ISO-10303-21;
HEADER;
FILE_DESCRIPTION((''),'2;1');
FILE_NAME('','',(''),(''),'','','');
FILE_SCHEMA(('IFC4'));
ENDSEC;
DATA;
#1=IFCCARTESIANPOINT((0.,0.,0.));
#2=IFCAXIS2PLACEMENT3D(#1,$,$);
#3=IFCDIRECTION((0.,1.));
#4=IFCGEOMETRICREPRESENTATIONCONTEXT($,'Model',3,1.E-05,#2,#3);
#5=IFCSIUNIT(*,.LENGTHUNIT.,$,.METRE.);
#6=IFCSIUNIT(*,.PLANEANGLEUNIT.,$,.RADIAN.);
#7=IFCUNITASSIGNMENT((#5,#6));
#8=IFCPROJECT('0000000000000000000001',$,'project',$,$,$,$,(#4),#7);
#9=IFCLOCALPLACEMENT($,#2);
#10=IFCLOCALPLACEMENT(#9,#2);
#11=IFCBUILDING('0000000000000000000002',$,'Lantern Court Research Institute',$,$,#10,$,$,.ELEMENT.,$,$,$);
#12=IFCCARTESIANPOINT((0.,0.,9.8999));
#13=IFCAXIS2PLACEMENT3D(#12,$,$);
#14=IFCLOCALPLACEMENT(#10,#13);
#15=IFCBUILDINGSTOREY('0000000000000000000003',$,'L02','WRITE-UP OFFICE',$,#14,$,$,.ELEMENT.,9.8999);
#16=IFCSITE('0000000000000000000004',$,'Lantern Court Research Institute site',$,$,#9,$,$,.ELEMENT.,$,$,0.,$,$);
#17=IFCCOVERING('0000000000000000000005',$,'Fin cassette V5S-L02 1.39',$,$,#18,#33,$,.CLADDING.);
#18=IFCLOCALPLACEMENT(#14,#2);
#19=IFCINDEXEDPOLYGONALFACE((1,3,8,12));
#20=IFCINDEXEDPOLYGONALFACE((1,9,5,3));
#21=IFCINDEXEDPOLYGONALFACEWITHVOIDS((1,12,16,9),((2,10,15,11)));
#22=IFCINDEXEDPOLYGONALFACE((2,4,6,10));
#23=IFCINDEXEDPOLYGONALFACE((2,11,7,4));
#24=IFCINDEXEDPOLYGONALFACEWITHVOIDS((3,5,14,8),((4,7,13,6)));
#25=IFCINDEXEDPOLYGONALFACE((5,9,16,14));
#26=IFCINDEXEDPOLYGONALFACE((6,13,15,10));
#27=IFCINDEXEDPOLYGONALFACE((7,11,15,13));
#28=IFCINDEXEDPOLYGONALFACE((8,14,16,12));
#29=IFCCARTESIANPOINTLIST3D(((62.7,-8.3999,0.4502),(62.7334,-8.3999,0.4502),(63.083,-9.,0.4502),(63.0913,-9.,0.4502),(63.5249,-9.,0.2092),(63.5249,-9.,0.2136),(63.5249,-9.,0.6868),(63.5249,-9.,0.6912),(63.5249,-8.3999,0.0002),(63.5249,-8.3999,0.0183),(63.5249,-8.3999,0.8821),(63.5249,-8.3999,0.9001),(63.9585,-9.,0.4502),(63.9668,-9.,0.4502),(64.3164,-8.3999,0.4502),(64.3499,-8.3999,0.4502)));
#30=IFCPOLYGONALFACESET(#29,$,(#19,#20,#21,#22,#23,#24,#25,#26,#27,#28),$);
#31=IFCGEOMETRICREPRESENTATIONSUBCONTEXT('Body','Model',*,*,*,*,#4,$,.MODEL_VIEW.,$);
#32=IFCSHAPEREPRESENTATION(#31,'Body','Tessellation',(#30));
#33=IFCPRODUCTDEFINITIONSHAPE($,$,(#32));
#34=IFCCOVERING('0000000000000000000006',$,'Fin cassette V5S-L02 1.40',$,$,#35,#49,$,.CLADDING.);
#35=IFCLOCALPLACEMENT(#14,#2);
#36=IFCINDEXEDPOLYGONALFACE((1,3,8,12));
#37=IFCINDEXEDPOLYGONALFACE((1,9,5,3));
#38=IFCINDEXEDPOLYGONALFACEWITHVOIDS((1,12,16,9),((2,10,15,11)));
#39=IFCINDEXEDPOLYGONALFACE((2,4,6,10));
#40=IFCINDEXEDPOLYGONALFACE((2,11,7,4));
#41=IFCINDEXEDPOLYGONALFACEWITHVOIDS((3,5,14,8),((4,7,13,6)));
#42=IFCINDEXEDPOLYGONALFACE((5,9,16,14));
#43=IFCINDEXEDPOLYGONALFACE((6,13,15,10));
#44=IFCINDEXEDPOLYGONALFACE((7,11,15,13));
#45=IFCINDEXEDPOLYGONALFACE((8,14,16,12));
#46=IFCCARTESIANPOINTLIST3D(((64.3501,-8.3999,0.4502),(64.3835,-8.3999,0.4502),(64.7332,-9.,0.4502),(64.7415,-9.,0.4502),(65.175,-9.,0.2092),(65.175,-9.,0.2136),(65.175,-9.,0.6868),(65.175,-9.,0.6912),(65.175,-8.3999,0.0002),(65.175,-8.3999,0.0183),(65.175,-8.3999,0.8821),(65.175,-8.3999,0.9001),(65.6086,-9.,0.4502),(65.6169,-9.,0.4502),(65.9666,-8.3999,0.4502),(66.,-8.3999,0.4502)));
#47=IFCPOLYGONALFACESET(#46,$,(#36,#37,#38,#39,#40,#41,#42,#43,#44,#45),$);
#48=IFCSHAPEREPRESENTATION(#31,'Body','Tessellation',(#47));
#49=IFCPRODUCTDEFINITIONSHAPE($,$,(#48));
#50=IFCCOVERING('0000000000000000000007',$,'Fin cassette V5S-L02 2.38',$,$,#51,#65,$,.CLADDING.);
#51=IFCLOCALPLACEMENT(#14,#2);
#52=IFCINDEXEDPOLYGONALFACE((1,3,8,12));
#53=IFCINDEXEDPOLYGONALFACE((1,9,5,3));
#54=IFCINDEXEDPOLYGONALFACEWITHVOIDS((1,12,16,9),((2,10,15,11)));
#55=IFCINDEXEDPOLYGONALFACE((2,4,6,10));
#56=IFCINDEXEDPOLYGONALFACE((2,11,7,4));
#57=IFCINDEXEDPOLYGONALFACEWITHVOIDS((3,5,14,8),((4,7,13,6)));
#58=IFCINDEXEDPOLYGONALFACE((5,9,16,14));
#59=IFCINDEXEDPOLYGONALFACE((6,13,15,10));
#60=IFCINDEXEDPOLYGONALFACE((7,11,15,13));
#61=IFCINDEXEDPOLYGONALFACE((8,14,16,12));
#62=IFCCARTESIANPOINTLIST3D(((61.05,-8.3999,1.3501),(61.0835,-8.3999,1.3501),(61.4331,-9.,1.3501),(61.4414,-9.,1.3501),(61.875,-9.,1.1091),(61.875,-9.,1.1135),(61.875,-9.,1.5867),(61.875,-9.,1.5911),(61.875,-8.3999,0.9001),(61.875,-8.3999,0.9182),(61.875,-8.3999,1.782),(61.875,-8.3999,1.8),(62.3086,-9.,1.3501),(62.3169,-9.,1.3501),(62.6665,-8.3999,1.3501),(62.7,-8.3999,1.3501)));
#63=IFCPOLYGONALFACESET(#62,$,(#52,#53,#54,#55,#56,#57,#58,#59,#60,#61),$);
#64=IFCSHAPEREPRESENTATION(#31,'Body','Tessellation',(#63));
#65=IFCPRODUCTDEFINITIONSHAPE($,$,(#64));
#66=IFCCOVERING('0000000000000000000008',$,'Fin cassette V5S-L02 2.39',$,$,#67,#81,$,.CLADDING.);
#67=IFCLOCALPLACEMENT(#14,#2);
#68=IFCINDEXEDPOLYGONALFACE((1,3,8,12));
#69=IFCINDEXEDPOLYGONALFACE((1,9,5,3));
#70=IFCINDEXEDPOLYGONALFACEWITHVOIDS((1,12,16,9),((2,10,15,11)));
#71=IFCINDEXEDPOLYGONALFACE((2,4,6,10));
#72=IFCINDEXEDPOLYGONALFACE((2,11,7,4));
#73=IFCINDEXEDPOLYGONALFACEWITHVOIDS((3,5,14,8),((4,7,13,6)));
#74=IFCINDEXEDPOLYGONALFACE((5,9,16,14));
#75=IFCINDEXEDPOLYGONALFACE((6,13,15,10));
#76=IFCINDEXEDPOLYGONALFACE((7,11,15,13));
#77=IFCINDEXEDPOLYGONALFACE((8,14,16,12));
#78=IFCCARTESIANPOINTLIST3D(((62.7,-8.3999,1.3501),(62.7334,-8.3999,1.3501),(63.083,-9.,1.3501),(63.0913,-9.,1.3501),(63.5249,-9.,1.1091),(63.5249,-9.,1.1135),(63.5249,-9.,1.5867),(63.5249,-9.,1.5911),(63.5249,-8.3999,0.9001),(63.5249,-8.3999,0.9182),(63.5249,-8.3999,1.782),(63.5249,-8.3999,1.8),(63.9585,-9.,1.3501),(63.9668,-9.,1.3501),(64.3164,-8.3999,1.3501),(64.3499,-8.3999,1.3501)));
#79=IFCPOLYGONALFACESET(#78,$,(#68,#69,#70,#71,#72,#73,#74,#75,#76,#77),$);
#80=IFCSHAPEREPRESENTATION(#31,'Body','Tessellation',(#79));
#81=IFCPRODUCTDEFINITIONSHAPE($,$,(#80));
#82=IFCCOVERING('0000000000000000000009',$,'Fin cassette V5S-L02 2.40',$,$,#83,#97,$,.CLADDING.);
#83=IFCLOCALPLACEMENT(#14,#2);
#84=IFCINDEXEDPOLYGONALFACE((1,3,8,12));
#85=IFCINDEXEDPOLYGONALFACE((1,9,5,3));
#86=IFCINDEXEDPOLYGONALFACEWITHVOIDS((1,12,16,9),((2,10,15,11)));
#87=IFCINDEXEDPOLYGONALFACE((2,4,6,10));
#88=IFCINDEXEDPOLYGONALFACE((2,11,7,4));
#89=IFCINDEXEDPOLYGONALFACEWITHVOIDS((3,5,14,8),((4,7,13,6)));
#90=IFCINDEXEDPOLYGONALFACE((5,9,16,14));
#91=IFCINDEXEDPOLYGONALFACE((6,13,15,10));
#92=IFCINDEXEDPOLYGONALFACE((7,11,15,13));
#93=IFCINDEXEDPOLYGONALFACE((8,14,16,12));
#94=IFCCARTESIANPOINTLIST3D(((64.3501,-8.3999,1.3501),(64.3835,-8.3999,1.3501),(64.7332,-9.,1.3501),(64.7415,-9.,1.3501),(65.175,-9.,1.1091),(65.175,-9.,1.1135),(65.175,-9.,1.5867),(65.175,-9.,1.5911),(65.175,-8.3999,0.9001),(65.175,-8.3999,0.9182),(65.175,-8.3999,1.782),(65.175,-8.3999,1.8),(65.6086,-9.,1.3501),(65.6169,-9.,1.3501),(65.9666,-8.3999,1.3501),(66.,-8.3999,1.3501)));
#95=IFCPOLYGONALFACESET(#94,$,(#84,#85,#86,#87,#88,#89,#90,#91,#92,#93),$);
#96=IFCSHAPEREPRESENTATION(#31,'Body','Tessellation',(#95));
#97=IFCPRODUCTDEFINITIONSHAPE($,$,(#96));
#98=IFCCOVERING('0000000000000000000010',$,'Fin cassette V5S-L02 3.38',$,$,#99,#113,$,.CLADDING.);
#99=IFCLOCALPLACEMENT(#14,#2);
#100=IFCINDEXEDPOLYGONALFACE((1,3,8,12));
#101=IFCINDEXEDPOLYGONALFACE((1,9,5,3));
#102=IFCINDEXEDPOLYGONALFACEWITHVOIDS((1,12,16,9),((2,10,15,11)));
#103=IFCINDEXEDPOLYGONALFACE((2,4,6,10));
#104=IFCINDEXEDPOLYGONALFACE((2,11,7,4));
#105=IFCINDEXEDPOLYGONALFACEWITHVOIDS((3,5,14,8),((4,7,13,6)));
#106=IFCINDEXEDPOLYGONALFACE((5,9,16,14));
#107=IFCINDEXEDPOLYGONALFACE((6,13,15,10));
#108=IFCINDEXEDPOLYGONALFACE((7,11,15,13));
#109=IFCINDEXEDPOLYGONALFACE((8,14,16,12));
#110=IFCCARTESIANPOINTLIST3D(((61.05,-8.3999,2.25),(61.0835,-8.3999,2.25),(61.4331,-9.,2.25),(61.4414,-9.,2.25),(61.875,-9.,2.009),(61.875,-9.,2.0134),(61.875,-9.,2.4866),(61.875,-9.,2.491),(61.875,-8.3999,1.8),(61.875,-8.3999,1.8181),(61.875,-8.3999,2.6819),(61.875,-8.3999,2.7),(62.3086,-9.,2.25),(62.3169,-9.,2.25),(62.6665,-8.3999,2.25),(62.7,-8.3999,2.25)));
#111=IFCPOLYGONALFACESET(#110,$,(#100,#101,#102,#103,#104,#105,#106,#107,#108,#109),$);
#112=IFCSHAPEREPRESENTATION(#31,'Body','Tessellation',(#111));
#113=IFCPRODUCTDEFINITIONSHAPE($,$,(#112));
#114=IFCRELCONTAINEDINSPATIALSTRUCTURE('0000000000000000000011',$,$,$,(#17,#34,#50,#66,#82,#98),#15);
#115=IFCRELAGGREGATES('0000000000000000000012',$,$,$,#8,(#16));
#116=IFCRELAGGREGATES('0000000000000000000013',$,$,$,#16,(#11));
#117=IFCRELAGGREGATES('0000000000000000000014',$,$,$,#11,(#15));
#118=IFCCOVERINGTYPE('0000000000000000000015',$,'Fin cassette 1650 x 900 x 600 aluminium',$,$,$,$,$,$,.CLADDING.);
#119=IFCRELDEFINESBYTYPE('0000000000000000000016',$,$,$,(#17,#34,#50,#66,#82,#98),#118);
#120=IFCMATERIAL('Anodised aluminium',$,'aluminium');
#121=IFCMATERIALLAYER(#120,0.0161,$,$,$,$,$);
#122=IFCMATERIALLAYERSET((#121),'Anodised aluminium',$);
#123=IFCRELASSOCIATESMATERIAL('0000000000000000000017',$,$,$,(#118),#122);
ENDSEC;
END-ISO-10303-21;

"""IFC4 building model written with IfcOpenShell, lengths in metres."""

from ifc_helpers import new_model, entity, si_unit, direction, frame, origin, place, context, subcontext, project, spatial, material, layer, layer_set, type_object, element, save


model = new_model("IFC4")

# Units and contexts
model_context = context("Model", 3, precision=1e-05, world=origin(), true_north=direction((0.0, 1.0)))
body_context = subcontext(model_context, "Body", "Model", "MODEL_VIEW")
ifc_project = project(units=[si_unit("LENGTHUNIT", "METRE"), si_unit("PLANEANGLEUNIT", "RADIAN")], contexts=[model_context])

# Site, building, storey
site_placement = place(None, origin())
site = spatial("IfcSite", under=ifc_project, at=site_placement, Name="Lantern Court Research Institute site", CompositionType="ELEMENT", RefElevation=0.0)
building_placement = place(site_placement, origin())
building = spatial("IfcBuilding", under=site, at=building_placement, Name="Lantern Court Research Institute", CompositionType="ELEMENT")
storey_placement = place(building_placement, frame((0.0, 0.0, 9.8999)))
storey = spatial("IfcBuildingStorey", under=building, at=storey_placement, Name="L02", Description="WRITE-UP OFFICE", CompositionType="ELEMENT", Elevation=9.8999)

# Coverings
ifc_material_1 = material(Name="Anodised aluminium", Category="aluminium")
ifc_layer_1 = layer(ifc_material_1, 0.0161)
ifc_layer_set_1 = layer_set([ifc_layer_1], Name="Anodised aluminium")
covering_type = type_object("IfcCoveringType", Name="Fin cassette 1650 x 900 x 600 aluminium", PredefinedType="CLADDING", material=ifc_layer_set_1)
covering_1_placement = place(storey_placement, frame((63.5249, -8.3999, 0.4502), z_axis=(0.0, -1.0, 0.0), x_axis=(1.0, 0.0, 0.0)))
cartesian_point_1 = entity("IfcCartesianPoint", [0.825, 0.0])
cartesian_point_2 = entity("IfcCartesianPoint", [0.7915, 0.0])
cartesian_point_3 = entity("IfcCartesianPoint", [0.4419, 0.0])
cartesian_point_4 = entity("IfcCartesianPoint", [0.4336, 0.0])
element("IfcCovering", 1, at=covering_1_placement, inside=storey, type_object=covering_type, Name="Fin cassette V5S-L02 1.39", PredefinedType="CLADDING", context=body_context, shape_type="SweptSolid", body=[
    entity("IfcExtrudedAreaSolidTapered", entity("IfcArbitraryProfileDefWithVoids", "AREA", None, entity("IfcPolyline", [cartesian_point_1, entity("IfcCartesianPoint", [0.0, 0.45]), entity("IfcCartesianPoint", [-0.825, 0.0]), entity("IfcCartesianPoint", [0.0, -0.45]), cartesian_point_1]), [entity("IfcPolyline", [cartesian_point_2, entity("IfcCartesianPoint", [0.0, 0.4319]), entity("IfcCartesianPoint", [-0.7915, 0.0]), entity("IfcCartesianPoint", [0.0, -0.4319]), cartesian_point_2])]), entity("IfcAxis2Placement3D", entity("IfcCartesianPoint", [0.0, 0.0, 0.0])), entity("IfcDirection", [0.0, 0.0, 1.0]), 0.6001, entity("IfcArbitraryProfileDefWithVoids", "AREA", None, entity("IfcPolyline", [cartesian_point_3, entity("IfcCartesianPoint", [0.0, 0.241]), entity("IfcCartesianPoint", [-0.4419, 0.0]), entity("IfcCartesianPoint", [0.0, -0.241]), cartesian_point_3]), [entity("IfcPolyline", [cartesian_point_4, entity("IfcCartesianPoint", [0.0, 0.2366]), entity("IfcCartesianPoint", [-0.4336, 0.0]), entity("IfcCartesianPoint", [0.0, -0.2366]), cartesian_point_4])])),
])
covering_2_placement = place(storey_placement, frame((65.175, -8.3999, 0.4502), z_axis=(0.0, -1.0, 0.0), x_axis=(1.0, 0.0, 0.0)))
cartesian_point_5 = entity("IfcCartesianPoint", [0.825, 0.0])
cartesian_point_6 = entity("IfcCartesianPoint", [0.7915, 0.0])
cartesian_point_7 = entity("IfcCartesianPoint", [0.4419, 0.0])
cartesian_point_8 = entity("IfcCartesianPoint", [0.4336, 0.0])
element("IfcCovering", 2, at=covering_2_placement, inside=storey, type_object=covering_type, Name="Fin cassette V5S-L02 1.40", PredefinedType="CLADDING", context=body_context, shape_type="SweptSolid", body=[
    entity("IfcExtrudedAreaSolidTapered", entity("IfcArbitraryProfileDefWithVoids", "AREA", None, entity("IfcPolyline", [cartesian_point_5, entity("IfcCartesianPoint", [0.0, 0.45]), entity("IfcCartesianPoint", [-0.825, 0.0]), entity("IfcCartesianPoint", [0.0, -0.45]), cartesian_point_5]), [entity("IfcPolyline", [cartesian_point_6, entity("IfcCartesianPoint", [0.0, 0.4319]), entity("IfcCartesianPoint", [-0.7915, 0.0]), entity("IfcCartesianPoint", [0.0, -0.4319]), cartesian_point_6])]), entity("IfcAxis2Placement3D", entity("IfcCartesianPoint", [0.0, 0.0, 0.0])), entity("IfcDirection", [0.0, 0.0, 1.0]), 0.6001, entity("IfcArbitraryProfileDefWithVoids", "AREA", None, entity("IfcPolyline", [cartesian_point_7, entity("IfcCartesianPoint", [0.0, 0.241]), entity("IfcCartesianPoint", [-0.4419, 0.0]), entity("IfcCartesianPoint", [0.0, -0.241]), cartesian_point_7]), [entity("IfcPolyline", [cartesian_point_8, entity("IfcCartesianPoint", [0.0, 0.2366]), entity("IfcCartesianPoint", [-0.4336, 0.0]), entity("IfcCartesianPoint", [0.0, -0.2366]), cartesian_point_8])])),
])
covering_3_placement = place(storey_placement, frame((61.875, -8.3999, 1.3501), z_axis=(0.0, -1.0, 0.0), x_axis=(1.0, 0.0, 0.0)))
cartesian_point_9 = entity("IfcCartesianPoint", [0.825, 0.0])
cartesian_point_10 = entity("IfcCartesianPoint", [0.7915, 0.0])
cartesian_point_11 = entity("IfcCartesianPoint", [0.4419, 0.0])
cartesian_point_12 = entity("IfcCartesianPoint", [0.4336, 0.0])
element("IfcCovering", 3, at=covering_3_placement, inside=storey, type_object=covering_type, Name="Fin cassette V5S-L02 2.38", PredefinedType="CLADDING", context=body_context, shape_type="SweptSolid", body=[
    entity("IfcExtrudedAreaSolidTapered", entity("IfcArbitraryProfileDefWithVoids", "AREA", None, entity("IfcPolyline", [cartesian_point_9, entity("IfcCartesianPoint", [0.0, 0.45]), entity("IfcCartesianPoint", [-0.825, 0.0]), entity("IfcCartesianPoint", [0.0, -0.45]), cartesian_point_9]), [entity("IfcPolyline", [cartesian_point_10, entity("IfcCartesianPoint", [0.0, 0.4319]), entity("IfcCartesianPoint", [-0.7915, 0.0]), entity("IfcCartesianPoint", [0.0, -0.4319]), cartesian_point_10])]), entity("IfcAxis2Placement3D", entity("IfcCartesianPoint", [0.0, 0.0, 0.0])), entity("IfcDirection", [0.0, 0.0, 1.0]), 0.6001, entity("IfcArbitraryProfileDefWithVoids", "AREA", None, entity("IfcPolyline", [cartesian_point_11, entity("IfcCartesianPoint", [0.0, 0.241]), entity("IfcCartesianPoint", [-0.4419, 0.0]), entity("IfcCartesianPoint", [0.0, -0.241]), cartesian_point_11]), [entity("IfcPolyline", [cartesian_point_12, entity("IfcCartesianPoint", [0.0, 0.2366]), entity("IfcCartesianPoint", [-0.4336, 0.0]), entity("IfcCartesianPoint", [0.0, -0.2366]), cartesian_point_12])])),
])
covering_4_placement = place(storey_placement, frame((63.5249, -8.3999, 1.3501), z_axis=(0.0, -1.0, 0.0), x_axis=(1.0, 0.0, 0.0)))
cartesian_point_13 = entity("IfcCartesianPoint", [0.825, 0.0])
cartesian_point_14 = entity("IfcCartesianPoint", [0.7915, 0.0])
cartesian_point_15 = entity("IfcCartesianPoint", [0.4419, 0.0])
cartesian_point_16 = entity("IfcCartesianPoint", [0.4336, 0.0])
element("IfcCovering", 4, at=covering_4_placement, inside=storey, type_object=covering_type, Name="Fin cassette V5S-L02 2.39", PredefinedType="CLADDING", context=body_context, shape_type="SweptSolid", body=[
    entity("IfcExtrudedAreaSolidTapered", entity("IfcArbitraryProfileDefWithVoids", "AREA", None, entity("IfcPolyline", [cartesian_point_13, entity("IfcCartesianPoint", [0.0, 0.45]), entity("IfcCartesianPoint", [-0.825, 0.0]), entity("IfcCartesianPoint", [0.0, -0.45]), cartesian_point_13]), [entity("IfcPolyline", [cartesian_point_14, entity("IfcCartesianPoint", [0.0, 0.4319]), entity("IfcCartesianPoint", [-0.7915, 0.0]), entity("IfcCartesianPoint", [0.0, -0.4319]), cartesian_point_14])]), entity("IfcAxis2Placement3D", entity("IfcCartesianPoint", [0.0, 0.0, 0.0])), entity("IfcDirection", [0.0, 0.0, 1.0]), 0.6001, entity("IfcArbitraryProfileDefWithVoids", "AREA", None, entity("IfcPolyline", [cartesian_point_15, entity("IfcCartesianPoint", [0.0, 0.241]), entity("IfcCartesianPoint", [-0.4419, 0.0]), entity("IfcCartesianPoint", [0.0, -0.241]), cartesian_point_15]), [entity("IfcPolyline", [cartesian_point_16, entity("IfcCartesianPoint", [0.0, 0.2366]), entity("IfcCartesianPoint", [-0.4336, 0.0]), entity("IfcCartesianPoint", [0.0, -0.2366]), cartesian_point_16])])),
])
covering_5_placement = place(storey_placement, frame((65.175, -8.3999, 1.3501), z_axis=(0.0, -1.0, 0.0), x_axis=(1.0, 0.0, 0.0)))
cartesian_point_17 = entity("IfcCartesianPoint", [0.825, 0.0])
cartesian_point_18 = entity("IfcCartesianPoint", [0.7915, 0.0])
cartesian_point_19 = entity("IfcCartesianPoint", [0.4419, 0.0])
cartesian_point_20 = entity("IfcCartesianPoint", [0.4336, 0.0])
element("IfcCovering", 5, at=covering_5_placement, inside=storey, type_object=covering_type, Name="Fin cassette V5S-L02 2.40", PredefinedType="CLADDING", context=body_context, shape_type="SweptSolid", body=[
    entity("IfcExtrudedAreaSolidTapered", entity("IfcArbitraryProfileDefWithVoids", "AREA", None, entity("IfcPolyline", [cartesian_point_17, entity("IfcCartesianPoint", [0.0, 0.45]), entity("IfcCartesianPoint", [-0.825, 0.0]), entity("IfcCartesianPoint", [0.0, -0.45]), cartesian_point_17]), [entity("IfcPolyline", [cartesian_point_18, entity("IfcCartesianPoint", [0.0, 0.4319]), entity("IfcCartesianPoint", [-0.7915, 0.0]), entity("IfcCartesianPoint", [0.0, -0.4319]), cartesian_point_18])]), entity("IfcAxis2Placement3D", entity("IfcCartesianPoint", [0.0, 0.0, 0.0])), entity("IfcDirection", [0.0, 0.0, 1.0]), 0.6001, entity("IfcArbitraryProfileDefWithVoids", "AREA", None, entity("IfcPolyline", [cartesian_point_19, entity("IfcCartesianPoint", [0.0, 0.241]), entity("IfcCartesianPoint", [-0.4419, 0.0]), entity("IfcCartesianPoint", [0.0, -0.241]), cartesian_point_19]), [entity("IfcPolyline", [cartesian_point_20, entity("IfcCartesianPoint", [0.0, 0.2366]), entity("IfcCartesianPoint", [-0.4336, 0.0]), entity("IfcCartesianPoint", [0.0, -0.2366]), cartesian_point_20])])),
])
covering_6_placement = place(storey_placement, frame((61.875, -8.3999, 2.25), z_axis=(0.0, -1.0, 0.0), x_axis=(1.0, 0.0, 0.0)))
cartesian_point_21 = entity("IfcCartesianPoint", [0.825, 0.0])
cartesian_point_22 = entity("IfcCartesianPoint", [0.7915, 0.0])
cartesian_point_23 = entity("IfcCartesianPoint", [0.4419, 0.0])
cartesian_point_24 = entity("IfcCartesianPoint", [0.4336, 0.0])
element("IfcCovering", 6, at=covering_6_placement, inside=storey, type_object=covering_type, Name="Fin cassette V5S-L02 3.38", PredefinedType="CLADDING", context=body_context, shape_type="SweptSolid", body=[
    entity("IfcExtrudedAreaSolidTapered", entity("IfcArbitraryProfileDefWithVoids", "AREA", None, entity("IfcPolyline", [cartesian_point_21, entity("IfcCartesianPoint", [0.0, 0.45]), entity("IfcCartesianPoint", [-0.825, 0.0]), entity("IfcCartesianPoint", [0.0, -0.45]), cartesian_point_21]), [entity("IfcPolyline", [cartesian_point_22, entity("IfcCartesianPoint", [0.0, 0.4319]), entity("IfcCartesianPoint", [-0.7915, 0.0]), entity("IfcCartesianPoint", [0.0, -0.4319]), cartesian_point_22])]), entity("IfcAxis2Placement3D", entity("IfcCartesianPoint", [0.0, 0.0, 0.0])), entity("IfcDirection", [0.0, 0.0, 1.0]), 0.6001, entity("IfcArbitraryProfileDefWithVoids", "AREA", None, entity("IfcPolyline", [cartesian_point_23, entity("IfcCartesianPoint", [0.0, 0.241]), entity("IfcCartesianPoint", [-0.4419, 0.0]), entity("IfcCartesianPoint", [0.0, -0.241]), cartesian_point_23]), [entity("IfcPolyline", [cartesian_point_24, entity("IfcCartesianPoint", [0.0, 0.2366]), entity("IfcCartesianPoint", [-0.4336, 0.0]), entity("IfcCartesianPoint", [0.0, -0.2366]), cartesian_point_24])])),
])

save(model, "model.ifc")
